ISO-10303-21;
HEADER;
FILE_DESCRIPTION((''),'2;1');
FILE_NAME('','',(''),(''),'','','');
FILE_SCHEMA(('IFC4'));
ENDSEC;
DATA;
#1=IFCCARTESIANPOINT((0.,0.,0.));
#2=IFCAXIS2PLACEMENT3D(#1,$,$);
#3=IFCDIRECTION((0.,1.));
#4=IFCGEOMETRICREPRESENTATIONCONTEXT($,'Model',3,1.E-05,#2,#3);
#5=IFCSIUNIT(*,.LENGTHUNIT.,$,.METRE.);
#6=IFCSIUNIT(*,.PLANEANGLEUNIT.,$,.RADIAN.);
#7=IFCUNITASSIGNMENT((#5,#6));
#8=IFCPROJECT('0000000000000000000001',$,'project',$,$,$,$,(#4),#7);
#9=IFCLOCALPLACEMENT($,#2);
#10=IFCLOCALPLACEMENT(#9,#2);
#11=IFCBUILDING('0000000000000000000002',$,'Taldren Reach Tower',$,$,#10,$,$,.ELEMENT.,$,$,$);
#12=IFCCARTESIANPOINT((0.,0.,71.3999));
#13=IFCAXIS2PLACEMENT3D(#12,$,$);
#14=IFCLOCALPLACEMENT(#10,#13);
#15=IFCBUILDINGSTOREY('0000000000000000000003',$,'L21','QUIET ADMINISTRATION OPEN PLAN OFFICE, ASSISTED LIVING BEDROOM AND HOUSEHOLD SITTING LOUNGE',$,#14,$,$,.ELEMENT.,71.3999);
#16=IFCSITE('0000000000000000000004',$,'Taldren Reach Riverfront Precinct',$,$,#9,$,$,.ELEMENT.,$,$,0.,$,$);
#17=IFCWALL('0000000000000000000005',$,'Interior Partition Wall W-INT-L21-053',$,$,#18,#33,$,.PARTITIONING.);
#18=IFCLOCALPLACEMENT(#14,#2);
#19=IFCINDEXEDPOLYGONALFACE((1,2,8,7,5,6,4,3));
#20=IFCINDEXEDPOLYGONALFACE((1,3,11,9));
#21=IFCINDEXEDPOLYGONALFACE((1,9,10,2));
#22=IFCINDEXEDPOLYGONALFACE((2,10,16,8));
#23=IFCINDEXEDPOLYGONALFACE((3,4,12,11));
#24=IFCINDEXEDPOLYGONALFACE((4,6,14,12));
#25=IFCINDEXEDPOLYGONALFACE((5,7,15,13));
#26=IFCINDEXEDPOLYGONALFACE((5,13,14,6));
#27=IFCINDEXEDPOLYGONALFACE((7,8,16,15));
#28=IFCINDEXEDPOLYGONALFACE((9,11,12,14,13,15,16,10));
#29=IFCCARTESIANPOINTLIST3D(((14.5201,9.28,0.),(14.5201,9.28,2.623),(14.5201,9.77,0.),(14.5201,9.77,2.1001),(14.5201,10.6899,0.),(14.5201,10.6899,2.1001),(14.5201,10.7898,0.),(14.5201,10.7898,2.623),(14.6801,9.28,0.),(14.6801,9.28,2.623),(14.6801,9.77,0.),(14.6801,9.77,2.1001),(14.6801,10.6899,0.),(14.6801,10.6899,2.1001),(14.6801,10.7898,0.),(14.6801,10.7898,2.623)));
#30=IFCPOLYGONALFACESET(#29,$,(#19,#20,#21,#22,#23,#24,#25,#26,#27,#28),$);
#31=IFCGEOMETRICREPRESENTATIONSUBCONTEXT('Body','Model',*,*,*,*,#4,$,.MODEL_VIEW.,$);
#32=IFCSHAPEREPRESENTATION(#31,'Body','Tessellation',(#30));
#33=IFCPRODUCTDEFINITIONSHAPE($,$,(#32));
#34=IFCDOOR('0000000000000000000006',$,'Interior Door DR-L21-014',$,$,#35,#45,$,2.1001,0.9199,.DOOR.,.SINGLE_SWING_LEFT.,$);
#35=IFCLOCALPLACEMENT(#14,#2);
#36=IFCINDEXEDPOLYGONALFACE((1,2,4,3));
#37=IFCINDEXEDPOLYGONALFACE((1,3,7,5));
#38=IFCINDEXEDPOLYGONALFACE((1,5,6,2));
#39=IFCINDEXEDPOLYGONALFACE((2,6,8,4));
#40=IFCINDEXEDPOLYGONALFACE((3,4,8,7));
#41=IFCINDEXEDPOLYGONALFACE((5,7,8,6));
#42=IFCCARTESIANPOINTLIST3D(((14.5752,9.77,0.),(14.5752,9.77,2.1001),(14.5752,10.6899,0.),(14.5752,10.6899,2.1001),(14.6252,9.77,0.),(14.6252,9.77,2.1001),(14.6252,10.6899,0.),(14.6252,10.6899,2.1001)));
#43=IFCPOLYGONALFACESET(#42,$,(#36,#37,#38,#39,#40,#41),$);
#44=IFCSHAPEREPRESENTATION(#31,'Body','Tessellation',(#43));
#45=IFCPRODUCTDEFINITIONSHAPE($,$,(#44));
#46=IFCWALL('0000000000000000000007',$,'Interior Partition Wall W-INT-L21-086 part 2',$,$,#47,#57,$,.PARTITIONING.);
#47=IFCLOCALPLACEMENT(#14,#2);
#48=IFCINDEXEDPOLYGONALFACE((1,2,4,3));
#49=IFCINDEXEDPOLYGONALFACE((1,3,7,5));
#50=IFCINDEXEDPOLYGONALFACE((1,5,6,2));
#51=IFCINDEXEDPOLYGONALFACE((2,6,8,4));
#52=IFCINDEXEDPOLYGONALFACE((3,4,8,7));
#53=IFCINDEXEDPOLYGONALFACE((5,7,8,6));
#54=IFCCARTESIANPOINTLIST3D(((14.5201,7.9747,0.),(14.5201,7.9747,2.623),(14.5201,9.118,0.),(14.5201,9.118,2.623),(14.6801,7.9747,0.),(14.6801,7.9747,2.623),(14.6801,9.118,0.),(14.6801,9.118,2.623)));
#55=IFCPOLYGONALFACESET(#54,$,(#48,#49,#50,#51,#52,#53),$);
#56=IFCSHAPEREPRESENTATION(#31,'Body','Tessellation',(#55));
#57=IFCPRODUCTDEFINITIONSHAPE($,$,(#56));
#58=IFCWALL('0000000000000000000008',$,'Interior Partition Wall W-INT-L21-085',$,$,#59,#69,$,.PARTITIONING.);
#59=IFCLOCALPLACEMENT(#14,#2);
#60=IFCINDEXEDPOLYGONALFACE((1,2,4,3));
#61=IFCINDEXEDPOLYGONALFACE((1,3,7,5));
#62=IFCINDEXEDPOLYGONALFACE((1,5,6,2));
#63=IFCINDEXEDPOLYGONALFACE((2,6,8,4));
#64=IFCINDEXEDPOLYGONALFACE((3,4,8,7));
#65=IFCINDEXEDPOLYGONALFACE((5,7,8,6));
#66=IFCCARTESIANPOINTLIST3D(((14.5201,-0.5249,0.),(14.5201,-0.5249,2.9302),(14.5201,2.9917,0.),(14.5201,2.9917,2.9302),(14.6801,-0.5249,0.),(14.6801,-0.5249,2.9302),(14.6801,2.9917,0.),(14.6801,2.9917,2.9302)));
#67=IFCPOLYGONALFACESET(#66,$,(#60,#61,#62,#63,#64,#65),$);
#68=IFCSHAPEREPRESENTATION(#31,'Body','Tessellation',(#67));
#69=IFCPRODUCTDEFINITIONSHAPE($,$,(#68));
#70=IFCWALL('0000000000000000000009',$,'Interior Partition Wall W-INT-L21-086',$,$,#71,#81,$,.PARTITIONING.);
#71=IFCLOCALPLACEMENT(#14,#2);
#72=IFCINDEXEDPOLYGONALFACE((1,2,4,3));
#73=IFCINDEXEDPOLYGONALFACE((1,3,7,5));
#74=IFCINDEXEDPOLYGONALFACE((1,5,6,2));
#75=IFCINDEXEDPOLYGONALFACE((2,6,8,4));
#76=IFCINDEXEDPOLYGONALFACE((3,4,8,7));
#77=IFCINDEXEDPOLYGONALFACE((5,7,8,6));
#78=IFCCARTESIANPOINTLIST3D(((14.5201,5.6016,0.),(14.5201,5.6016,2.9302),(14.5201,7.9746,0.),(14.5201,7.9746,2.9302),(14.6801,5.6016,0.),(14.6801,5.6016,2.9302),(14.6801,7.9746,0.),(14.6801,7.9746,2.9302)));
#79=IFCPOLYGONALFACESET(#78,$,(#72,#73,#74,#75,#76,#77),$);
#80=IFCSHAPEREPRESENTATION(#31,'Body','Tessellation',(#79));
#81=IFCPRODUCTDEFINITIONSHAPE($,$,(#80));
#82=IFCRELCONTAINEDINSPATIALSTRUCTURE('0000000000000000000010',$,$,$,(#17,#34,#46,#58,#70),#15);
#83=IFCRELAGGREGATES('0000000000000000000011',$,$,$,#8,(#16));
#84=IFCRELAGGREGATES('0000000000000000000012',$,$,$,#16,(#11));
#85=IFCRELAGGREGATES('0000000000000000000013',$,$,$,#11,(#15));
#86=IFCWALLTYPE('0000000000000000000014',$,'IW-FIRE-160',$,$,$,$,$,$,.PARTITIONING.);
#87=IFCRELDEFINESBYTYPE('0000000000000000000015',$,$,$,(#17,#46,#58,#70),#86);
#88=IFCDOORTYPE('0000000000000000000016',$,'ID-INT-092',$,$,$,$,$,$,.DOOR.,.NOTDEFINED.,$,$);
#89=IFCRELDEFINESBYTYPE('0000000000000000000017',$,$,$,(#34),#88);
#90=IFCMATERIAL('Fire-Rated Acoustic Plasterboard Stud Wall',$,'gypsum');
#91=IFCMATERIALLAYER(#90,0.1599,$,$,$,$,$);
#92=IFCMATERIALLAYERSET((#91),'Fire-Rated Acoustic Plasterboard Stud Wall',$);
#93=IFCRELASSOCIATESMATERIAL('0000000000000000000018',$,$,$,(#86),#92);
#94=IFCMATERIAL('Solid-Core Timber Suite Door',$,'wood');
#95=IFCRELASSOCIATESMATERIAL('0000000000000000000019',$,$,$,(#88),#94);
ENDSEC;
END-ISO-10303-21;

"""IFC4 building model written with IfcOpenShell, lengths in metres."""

from ifc_helpers import new_model, si_unit, direction, frame, frame_2d, origin, place, context, subcontext, project, spatial, rectangle, extrude, source, transform, mapped, material, layer, layer_set, type_object, element, fill, save


model = new_model("IFC4")

# Units and contexts
model_context = context("Model", 3, precision=1e-05, world=origin(), true_north=direction((0.0, 1.0)))
body_context = subcontext(model_context, "Body", "Model", "MODEL_VIEW")
ifc_project = project(units=[si_unit("LENGTHUNIT", "METRE"), si_unit("PLANEANGLEUNIT", "RADIAN")], contexts=[model_context])

# Site, building, storey
site_placement = place(None, origin())
site = spatial("IfcSite", under=ifc_project, at=site_placement, Name="Taldren Reach Riverfront Precinct", CompositionType="ELEMENT", RefElevation=0.0)
building_placement = place(site_placement, origin())
building = spatial("IfcBuilding", under=site, at=building_placement, Name="Taldren Reach Tower", CompositionType="ELEMENT")
storey_placement = place(building_placement, frame((0.0, 0.0, 71.3999)))
storey = spatial("IfcBuildingStorey", under=building, at=storey_placement, Name="L21", Description="QUIET ADMINISTRATION OPEN PLAN OFFICE, ASSISTED LIVING BEDROOM AND HOUSEHOLD SITTING LOUNGE", CompositionType="ELEMENT", Elevation=71.3999)

# Shared definitions
ifc_material_1 = material(Name="Fire-Rated Acoustic Plasterboard Stud Wall", Category="gypsum")
ifc_layer_1 = layer(ifc_material_1, 0.1599)
ifc_layer_set_1 = layer_set([ifc_layer_1], Name="Fire-Rated Acoustic Plasterboard Stud Wall")
wall_type_1 = type_object("IfcWallType", Name="IW-FIRE-160", PredefinedType="PARTITIONING", material=ifc_layer_set_1)

# Wall, opening, door
shared_shape_1 = source(origin(), body_context, "Body", "SweptSolid", [
    extrude(rectangle(XDim=1.5098, YDim=0.1599, at=frame_2d((0.7549, 0.0))), origin(), (0.0, 0.0, 1.0), 2.623),
])
wall_1_placement = place(storey_placement, frame((14.6001, 9.28, 0.0), z_axis=(0.0, 0.0, 1.0), x_axis=(0.0, 1.0, 0.0)))
wall_1 = element("IfcWall", 1, at=wall_1_placement, inside=storey, type_object=wall_type_1, Name="Interior Partition Wall W-INT-L21-053", PredefinedType="PARTITIONING", context=body_context, shape_type="MappedRepresentation", body=[
    mapped(shared_shape_1, transform((0.0, 0.0, 0.0), scale=1.0)),
])
shared_shape_2 = source(origin(), body_context, "Body", "SweptSolid", [
    extrude(rectangle(XDim=0.9199, YDim=2.1001, at=frame_2d((0.46, 1.05))), frame((0.0, 0.0898, 0.0), z_axis=(0.0, -1.0, 0.0), x_axis=(1.0, 0.0, 0.0)), (0.0, 0.0, 1.0), 0.1799),
])
opening_placement = place(wall_1_placement, frame((0.49, 0.0, 0.0)))
opening = element("IfcOpeningElement", 2, at=opening_placement, cuts=wall_1, PredefinedType="OPENING", context=body_context, shape_type="MappedRepresentation", body=[
    mapped(shared_shape_2, transform((0.0, 0.0, 0.0), scale=1.0)),
])
ifc_material_2 = material(Name="Solid-Core Timber Suite Door", Category="wood")
door_type = type_object("IfcDoorType", Name="ID-INT-092", OperationType="NOTDEFINED", PredefinedType="DOOR", material=ifc_material_2)
shared_shape_3 = source(origin(), body_context, "Body", "SweptSolid", [
    extrude(rectangle(XDim=0.9199, YDim=2.1001, at=frame_2d((0.46, 1.05))), frame((0.0, 0.0249, 0.0), z_axis=(0.0, -1.0, 0.0), x_axis=(1.0, 0.0, 0.0)), (0.0, 0.0, 1.0), 0.05),
])
door_placement = place(opening_placement, origin())
door = element("IfcDoor", 3, at=door_placement, inside=storey, type_object=door_type, Name="Interior Door DR-L21-014", OperationType="SINGLE_SWING_LEFT", OverallHeight=2.1001, OverallWidth=0.9199, PredefinedType="DOOR", context=body_context, shape_type="MappedRepresentation", body=[
    mapped(shared_shape_3, transform((0.0, 0.0, 0.0), scale=1.0)),
])
fill(opening, door)

# Walls
shared_shape_4 = source(origin(), body_context, "Body", "SweptSolid", [
    extrude(rectangle(XDim=1.1433, YDim=0.1599, at=frame_2d((0.5718, 0.0))), origin(), (0.0, 0.0, 1.0), 2.623),
])
wall_2_placement = place(storey_placement, frame((14.6001, 7.9746, 0.0), z_axis=(0.0, 0.0, 1.0), x_axis=(0.0, 1.0, 0.0)))
element("IfcWall", 4, at=wall_2_placement, inside=storey, type_object=wall_type_1, Name="Interior Partition Wall W-INT-L21-086 part 2", PredefinedType="PARTITIONING", context=body_context, shape_type="MappedRepresentation", body=[
    mapped(shared_shape_4, transform((0.0, 0.0, 0.0), scale=1.0)),
])
shared_shape_5 = source(origin(), body_context, "Body", "SweptSolid", [
    extrude(rectangle(XDim=3.5166, YDim=0.1599, at=frame_2d((1.7583, 0.0))), origin(), (0.0, 0.0, 1.0), 2.9302),
])
wall_3_placement = place(storey_placement, frame((14.6001, -0.5249, 0.0), z_axis=(0.0, 0.0, 1.0), x_axis=(0.0, 1.0, 0.0)))
element("IfcWall", 5, at=wall_3_placement, inside=storey, type_object=wall_type_1, Name="Interior Partition Wall W-INT-L21-085", PredefinedType="PARTITIONING", context=body_context, shape_type="MappedRepresentation", body=[
    mapped(shared_shape_5, transform((0.0, 0.0, 0.0), scale=1.0)),
])
shared_shape_6 = source(origin(), body_context, "Body", "SweptSolid", [
    extrude(rectangle(XDim=2.373, YDim=0.1599, at=frame_2d((1.1865, 0.0))), origin(), (0.0, 0.0, 1.0), 2.9302),
])
wall_4_placement = place(storey_placement, frame((14.6001, 5.6016, 0.0), z_axis=(0.0, 0.0, 1.0), x_axis=(0.0, 1.0, 0.0)))
element("IfcWall", 6, at=wall_4_placement, inside=storey, type_object=wall_type_1, Name="Interior Partition Wall W-INT-L21-086", PredefinedType="PARTITIONING", context=body_context, shape_type="MappedRepresentation", body=[
    mapped(shared_shape_6, transform((0.0, 0.0, 0.0), scale=1.0)),
])

save(model, "model.ifc")
